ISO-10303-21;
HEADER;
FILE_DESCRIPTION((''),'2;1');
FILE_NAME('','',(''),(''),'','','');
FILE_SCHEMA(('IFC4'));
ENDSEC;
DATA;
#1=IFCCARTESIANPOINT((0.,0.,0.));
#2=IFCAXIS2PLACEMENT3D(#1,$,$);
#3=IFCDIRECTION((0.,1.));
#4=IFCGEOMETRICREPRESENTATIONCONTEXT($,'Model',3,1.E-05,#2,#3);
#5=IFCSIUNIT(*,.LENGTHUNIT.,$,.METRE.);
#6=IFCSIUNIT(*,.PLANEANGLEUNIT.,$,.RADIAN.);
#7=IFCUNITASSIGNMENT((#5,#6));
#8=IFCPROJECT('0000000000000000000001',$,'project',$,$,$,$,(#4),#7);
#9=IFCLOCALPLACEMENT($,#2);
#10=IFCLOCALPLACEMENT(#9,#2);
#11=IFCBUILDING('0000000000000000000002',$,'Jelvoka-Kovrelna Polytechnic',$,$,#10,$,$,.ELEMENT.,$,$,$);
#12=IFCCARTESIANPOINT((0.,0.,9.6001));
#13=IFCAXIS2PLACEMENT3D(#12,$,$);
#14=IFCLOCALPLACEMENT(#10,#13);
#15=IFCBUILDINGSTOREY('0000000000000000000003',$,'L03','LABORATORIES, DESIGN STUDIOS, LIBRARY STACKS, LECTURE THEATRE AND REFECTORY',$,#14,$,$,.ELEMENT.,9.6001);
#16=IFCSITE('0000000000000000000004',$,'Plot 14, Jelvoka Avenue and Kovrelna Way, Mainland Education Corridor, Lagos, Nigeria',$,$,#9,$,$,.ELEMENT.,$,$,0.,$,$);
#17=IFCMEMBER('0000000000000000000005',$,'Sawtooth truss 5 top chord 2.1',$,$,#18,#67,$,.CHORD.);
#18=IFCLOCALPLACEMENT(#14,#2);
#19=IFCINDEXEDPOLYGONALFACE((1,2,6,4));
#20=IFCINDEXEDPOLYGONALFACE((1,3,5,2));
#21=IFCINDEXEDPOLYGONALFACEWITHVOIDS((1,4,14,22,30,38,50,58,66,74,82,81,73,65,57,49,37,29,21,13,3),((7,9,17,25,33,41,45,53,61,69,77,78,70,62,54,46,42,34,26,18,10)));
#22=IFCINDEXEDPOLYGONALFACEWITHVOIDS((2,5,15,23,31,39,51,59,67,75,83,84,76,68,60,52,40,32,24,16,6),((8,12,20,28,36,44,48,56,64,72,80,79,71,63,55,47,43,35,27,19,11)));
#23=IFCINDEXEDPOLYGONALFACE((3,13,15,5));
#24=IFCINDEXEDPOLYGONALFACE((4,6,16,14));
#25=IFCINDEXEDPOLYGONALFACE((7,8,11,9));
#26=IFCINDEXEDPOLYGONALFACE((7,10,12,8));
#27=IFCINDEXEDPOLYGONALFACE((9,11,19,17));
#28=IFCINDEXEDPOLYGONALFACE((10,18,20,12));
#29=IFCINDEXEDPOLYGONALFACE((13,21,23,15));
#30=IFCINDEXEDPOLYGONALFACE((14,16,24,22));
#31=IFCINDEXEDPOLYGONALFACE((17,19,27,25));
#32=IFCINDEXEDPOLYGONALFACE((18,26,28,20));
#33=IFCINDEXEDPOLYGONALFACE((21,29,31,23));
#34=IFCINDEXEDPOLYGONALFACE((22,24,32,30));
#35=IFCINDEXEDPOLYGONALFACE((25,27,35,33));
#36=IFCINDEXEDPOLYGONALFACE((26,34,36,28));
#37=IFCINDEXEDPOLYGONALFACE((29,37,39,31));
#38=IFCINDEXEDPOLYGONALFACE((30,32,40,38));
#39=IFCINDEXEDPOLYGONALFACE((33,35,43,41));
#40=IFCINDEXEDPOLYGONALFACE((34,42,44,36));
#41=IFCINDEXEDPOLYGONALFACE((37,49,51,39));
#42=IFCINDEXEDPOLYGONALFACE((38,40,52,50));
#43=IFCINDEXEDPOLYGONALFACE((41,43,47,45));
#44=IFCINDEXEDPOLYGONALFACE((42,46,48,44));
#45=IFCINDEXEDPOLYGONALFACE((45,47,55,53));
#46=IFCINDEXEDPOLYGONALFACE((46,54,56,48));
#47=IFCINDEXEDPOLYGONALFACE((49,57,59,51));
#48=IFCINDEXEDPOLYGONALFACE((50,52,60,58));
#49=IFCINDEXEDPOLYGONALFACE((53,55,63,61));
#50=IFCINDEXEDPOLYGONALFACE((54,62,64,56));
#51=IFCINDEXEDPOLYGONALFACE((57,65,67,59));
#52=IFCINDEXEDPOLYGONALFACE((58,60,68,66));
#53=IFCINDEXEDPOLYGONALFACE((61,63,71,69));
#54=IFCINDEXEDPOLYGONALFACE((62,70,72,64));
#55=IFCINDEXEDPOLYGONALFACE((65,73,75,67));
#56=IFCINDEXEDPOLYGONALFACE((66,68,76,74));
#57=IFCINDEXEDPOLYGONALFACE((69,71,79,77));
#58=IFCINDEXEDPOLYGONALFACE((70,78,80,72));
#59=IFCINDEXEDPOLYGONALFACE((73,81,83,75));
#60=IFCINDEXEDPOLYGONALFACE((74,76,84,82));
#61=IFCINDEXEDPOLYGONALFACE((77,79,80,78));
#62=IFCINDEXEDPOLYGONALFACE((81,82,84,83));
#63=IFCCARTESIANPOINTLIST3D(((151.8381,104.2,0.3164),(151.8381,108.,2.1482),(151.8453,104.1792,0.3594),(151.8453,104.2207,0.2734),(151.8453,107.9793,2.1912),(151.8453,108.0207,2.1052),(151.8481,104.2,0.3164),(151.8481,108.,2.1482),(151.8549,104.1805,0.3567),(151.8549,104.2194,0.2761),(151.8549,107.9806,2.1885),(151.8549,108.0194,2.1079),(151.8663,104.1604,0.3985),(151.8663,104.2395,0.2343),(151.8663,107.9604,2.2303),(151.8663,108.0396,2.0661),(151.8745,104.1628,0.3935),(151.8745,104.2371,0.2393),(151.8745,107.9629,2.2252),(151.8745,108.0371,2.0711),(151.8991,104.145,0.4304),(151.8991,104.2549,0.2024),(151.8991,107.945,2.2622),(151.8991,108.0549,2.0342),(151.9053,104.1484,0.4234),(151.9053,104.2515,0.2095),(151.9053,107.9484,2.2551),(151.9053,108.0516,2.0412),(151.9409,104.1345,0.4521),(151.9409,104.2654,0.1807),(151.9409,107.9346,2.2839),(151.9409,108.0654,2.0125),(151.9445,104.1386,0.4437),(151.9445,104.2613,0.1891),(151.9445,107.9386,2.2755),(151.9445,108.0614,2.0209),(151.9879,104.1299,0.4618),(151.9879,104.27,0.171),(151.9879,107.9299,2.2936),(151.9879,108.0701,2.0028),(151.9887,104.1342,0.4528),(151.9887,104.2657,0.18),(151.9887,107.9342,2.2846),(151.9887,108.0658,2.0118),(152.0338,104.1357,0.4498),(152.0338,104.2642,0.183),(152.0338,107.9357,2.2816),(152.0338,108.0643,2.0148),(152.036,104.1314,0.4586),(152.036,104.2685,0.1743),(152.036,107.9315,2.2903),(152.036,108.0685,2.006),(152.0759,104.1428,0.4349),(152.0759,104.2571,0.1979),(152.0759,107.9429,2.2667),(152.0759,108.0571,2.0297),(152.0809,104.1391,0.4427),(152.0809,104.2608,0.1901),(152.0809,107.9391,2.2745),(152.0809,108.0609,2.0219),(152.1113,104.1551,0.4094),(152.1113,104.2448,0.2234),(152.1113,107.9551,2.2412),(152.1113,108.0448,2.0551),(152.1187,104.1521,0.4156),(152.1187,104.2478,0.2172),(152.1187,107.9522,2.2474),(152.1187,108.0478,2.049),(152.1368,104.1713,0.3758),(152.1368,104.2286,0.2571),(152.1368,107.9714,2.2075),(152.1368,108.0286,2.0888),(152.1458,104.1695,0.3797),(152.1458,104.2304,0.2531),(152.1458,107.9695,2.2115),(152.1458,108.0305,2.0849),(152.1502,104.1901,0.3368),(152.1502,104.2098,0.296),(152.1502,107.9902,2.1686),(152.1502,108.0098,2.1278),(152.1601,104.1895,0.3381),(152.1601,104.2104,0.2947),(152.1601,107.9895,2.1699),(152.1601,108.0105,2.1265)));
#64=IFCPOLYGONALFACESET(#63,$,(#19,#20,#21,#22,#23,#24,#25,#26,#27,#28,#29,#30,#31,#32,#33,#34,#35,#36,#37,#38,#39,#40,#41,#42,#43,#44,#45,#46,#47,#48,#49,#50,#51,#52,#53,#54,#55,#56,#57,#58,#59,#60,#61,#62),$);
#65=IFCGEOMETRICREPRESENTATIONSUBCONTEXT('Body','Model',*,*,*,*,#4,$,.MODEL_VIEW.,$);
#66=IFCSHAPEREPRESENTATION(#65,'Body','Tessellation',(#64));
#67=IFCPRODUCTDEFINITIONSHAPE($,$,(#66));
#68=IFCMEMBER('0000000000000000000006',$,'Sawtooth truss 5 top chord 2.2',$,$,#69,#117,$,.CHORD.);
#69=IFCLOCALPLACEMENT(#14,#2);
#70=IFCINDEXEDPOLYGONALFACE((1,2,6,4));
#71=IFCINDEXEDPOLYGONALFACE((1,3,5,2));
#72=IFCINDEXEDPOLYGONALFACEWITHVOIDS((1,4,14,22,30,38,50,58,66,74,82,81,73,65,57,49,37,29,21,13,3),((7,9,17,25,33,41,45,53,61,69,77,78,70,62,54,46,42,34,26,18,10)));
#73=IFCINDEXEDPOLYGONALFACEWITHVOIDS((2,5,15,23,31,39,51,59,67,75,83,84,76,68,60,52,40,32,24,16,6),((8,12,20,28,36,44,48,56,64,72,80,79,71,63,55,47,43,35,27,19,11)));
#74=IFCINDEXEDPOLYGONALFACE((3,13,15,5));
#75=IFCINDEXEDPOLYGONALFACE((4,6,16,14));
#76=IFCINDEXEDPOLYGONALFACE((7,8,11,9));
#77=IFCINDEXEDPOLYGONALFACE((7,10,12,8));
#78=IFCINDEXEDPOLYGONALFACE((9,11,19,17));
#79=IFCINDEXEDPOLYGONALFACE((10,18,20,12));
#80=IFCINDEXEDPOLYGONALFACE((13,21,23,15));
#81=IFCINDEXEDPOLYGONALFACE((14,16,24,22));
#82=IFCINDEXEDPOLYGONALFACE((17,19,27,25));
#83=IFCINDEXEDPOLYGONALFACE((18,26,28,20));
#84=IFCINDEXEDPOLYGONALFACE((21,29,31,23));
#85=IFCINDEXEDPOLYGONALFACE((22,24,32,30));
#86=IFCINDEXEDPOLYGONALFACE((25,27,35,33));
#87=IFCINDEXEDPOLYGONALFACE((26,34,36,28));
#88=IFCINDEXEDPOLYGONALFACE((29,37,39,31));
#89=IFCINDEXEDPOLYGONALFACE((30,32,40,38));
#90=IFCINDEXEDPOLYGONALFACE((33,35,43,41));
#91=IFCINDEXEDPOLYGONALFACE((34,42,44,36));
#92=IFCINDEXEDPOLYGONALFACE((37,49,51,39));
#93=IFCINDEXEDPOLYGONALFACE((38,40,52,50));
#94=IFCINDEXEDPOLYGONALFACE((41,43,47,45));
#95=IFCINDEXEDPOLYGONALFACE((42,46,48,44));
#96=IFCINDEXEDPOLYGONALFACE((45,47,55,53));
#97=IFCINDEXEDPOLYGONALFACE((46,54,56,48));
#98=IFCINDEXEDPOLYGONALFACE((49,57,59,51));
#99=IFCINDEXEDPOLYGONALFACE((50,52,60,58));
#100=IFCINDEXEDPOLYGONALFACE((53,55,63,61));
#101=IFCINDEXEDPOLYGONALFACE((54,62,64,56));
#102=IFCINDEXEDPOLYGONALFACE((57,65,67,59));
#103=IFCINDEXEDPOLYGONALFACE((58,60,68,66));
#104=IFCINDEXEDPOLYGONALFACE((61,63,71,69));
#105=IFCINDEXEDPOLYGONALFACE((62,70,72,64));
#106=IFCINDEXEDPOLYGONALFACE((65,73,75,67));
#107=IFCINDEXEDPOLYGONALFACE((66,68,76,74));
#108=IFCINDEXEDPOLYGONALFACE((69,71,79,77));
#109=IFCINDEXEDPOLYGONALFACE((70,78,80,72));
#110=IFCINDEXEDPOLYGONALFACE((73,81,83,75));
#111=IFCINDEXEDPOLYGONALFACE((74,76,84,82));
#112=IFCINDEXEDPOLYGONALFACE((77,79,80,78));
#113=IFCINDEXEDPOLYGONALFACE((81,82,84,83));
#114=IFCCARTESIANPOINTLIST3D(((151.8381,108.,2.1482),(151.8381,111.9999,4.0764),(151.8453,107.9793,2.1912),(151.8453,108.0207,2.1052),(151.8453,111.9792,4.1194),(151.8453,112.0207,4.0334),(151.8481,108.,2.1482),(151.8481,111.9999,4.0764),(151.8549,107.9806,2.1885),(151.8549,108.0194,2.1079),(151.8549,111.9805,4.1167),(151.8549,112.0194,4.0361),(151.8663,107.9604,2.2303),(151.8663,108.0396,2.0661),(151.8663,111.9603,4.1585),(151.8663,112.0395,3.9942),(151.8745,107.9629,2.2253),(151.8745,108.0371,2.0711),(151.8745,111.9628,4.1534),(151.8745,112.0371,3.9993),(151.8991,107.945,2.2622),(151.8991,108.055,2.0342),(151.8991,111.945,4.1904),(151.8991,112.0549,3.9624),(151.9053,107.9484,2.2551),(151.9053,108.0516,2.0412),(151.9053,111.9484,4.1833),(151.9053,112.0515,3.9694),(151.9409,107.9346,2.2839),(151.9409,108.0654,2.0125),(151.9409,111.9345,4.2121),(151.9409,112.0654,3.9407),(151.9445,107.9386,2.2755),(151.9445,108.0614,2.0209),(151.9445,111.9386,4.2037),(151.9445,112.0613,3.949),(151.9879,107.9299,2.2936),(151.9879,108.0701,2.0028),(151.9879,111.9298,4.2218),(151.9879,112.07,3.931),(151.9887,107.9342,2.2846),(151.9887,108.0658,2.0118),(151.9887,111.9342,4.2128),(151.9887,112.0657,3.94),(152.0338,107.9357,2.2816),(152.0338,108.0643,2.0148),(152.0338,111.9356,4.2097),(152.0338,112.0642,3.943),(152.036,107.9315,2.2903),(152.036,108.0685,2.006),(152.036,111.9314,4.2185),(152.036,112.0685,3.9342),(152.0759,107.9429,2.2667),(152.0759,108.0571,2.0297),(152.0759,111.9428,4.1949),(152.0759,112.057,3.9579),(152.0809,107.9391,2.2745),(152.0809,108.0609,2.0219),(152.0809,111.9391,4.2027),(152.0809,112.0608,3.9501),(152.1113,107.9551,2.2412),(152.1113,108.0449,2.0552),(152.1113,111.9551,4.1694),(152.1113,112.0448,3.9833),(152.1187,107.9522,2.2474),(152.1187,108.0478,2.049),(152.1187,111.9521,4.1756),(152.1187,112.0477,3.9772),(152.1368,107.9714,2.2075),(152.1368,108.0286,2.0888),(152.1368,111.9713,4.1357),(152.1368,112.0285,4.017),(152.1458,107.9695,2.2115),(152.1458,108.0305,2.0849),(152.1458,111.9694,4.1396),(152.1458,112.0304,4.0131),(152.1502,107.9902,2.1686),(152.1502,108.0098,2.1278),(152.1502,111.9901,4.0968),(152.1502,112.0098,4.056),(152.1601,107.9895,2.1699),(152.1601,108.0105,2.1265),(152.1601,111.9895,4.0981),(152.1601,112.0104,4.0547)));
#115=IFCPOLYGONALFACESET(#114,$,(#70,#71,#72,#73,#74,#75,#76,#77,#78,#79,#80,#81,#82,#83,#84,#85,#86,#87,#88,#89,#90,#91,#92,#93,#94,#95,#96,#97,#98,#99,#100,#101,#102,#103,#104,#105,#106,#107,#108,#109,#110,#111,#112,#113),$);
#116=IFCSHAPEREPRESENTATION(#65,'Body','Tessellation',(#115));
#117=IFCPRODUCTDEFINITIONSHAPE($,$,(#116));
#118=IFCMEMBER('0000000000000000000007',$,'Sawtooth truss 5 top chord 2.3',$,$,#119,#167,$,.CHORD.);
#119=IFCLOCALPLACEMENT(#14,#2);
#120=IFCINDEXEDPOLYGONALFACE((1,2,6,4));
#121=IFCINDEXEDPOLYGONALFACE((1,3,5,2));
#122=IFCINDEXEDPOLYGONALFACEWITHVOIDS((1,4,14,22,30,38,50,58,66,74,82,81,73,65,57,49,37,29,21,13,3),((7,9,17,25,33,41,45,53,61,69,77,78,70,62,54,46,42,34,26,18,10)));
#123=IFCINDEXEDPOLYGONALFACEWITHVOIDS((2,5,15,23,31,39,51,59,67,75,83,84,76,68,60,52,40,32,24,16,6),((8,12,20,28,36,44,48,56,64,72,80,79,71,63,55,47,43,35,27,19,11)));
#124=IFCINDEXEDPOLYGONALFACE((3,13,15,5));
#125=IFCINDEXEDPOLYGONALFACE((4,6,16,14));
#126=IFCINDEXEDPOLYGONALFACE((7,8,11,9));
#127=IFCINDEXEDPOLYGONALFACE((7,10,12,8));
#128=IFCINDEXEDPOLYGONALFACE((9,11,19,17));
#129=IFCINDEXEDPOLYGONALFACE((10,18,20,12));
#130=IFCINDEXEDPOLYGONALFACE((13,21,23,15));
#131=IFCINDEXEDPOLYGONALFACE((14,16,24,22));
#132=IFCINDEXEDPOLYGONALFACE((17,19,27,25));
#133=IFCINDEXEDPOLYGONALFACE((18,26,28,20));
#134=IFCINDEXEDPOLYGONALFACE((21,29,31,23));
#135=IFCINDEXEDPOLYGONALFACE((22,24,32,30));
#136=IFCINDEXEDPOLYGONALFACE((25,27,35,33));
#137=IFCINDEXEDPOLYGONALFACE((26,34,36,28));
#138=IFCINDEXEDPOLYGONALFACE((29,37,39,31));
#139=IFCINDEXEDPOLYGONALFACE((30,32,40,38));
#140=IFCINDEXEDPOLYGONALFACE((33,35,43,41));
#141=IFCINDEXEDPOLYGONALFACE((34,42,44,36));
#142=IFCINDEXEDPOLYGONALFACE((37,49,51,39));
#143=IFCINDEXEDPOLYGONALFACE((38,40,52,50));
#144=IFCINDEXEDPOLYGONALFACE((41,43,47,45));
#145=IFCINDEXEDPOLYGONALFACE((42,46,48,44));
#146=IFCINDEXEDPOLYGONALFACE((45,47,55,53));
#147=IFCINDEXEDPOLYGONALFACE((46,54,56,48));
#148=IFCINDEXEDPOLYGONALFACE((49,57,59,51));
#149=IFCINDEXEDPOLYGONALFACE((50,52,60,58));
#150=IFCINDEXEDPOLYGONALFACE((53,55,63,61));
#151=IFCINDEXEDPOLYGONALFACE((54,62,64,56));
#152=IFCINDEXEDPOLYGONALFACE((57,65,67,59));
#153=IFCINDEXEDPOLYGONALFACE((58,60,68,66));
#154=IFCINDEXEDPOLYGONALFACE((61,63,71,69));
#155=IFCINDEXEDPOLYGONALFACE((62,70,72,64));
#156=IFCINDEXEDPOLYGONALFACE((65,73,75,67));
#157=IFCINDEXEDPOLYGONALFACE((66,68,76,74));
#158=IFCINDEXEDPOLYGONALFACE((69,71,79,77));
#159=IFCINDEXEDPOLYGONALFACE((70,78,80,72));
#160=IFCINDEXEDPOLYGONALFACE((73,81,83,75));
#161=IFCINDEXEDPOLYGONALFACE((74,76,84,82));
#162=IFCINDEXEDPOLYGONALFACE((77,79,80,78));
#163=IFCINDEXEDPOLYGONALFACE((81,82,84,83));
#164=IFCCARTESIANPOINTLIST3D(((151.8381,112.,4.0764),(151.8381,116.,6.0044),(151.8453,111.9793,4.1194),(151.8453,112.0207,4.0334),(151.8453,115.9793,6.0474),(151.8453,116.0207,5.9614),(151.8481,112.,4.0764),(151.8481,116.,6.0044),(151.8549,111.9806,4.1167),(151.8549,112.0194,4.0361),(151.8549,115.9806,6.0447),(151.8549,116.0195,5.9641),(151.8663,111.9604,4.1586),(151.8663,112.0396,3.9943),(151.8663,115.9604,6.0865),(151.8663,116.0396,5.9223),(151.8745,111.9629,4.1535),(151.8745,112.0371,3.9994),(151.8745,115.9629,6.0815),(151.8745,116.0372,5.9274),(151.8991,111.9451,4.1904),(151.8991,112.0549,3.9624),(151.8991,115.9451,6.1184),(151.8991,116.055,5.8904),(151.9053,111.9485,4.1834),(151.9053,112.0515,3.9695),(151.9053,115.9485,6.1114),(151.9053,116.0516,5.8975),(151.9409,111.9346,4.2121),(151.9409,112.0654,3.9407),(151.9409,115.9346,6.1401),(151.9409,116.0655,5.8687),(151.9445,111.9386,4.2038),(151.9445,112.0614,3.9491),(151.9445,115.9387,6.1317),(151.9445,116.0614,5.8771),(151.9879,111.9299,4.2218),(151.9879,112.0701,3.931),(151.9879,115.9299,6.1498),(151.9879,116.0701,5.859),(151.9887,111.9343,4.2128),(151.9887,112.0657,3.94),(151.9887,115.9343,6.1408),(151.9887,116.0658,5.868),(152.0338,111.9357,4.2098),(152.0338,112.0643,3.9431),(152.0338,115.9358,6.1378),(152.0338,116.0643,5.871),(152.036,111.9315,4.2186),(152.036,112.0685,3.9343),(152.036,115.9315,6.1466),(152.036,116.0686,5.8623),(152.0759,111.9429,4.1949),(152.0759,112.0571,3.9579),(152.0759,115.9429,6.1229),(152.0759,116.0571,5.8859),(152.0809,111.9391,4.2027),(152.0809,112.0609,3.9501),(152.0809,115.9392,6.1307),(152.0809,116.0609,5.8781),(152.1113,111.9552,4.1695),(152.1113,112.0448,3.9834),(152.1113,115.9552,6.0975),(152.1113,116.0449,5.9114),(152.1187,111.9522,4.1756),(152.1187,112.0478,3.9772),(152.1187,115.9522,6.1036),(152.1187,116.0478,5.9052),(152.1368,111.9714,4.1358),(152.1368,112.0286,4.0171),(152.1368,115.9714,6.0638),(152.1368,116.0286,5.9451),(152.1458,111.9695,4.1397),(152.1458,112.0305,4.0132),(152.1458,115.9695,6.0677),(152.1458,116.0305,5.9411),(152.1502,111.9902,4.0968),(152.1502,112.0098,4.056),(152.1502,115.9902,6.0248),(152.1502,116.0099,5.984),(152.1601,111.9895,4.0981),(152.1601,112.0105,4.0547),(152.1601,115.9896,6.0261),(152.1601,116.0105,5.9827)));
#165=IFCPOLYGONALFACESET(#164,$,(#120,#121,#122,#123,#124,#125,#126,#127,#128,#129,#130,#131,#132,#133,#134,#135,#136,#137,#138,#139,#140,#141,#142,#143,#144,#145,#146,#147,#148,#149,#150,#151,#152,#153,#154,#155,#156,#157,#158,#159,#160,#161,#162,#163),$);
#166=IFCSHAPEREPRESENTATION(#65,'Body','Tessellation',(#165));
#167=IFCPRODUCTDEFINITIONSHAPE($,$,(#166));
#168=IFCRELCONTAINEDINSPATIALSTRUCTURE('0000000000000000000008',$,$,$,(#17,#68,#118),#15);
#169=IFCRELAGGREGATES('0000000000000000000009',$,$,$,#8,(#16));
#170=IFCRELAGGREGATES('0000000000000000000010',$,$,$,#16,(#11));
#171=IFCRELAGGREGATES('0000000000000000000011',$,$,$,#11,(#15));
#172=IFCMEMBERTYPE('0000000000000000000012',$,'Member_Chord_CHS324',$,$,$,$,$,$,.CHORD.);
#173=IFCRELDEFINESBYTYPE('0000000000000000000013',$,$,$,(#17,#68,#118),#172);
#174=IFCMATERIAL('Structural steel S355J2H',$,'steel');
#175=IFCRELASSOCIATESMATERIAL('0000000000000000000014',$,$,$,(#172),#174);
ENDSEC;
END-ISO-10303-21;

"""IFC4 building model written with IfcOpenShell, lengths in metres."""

from ifc_helpers import new_model, si_unit, direction, frame, origin, origin_2d, place, context, subcontext, project, spatial, hollow_circle, extrude, material, material_profile, profile_set, type_object, element, save


model = new_model("IFC4")

# Units and contexts
model_context = context("Model", 3, precision=1e-05, world=origin(), true_north=direction((0.0, 1.0)))
body_context = subcontext(model_context, "Body", "Model", "MODEL_VIEW")
ifc_project = project(units=[si_unit("LENGTHUNIT", "METRE"), si_unit("PLANEANGLEUNIT", "RADIAN")], contexts=[model_context])

# Site, building, storey
site_placement = place(None, origin())
site = spatial("IfcSite", under=ifc_project, at=site_placement, Name="Plot 14, Jelvoka Avenue and Kovrelna Way, Mainland Education Corridor, Lagos, Nigeria", CompositionType="ELEMENT", RefElevation=0.0)
building_placement = place(site_placement, origin())
building = spatial("IfcBuilding", under=site, at=building_placement, Name="Jelvoka-Kovrelna Polytechnic", CompositionType="ELEMENT")
storey_placement = place(building_placement, frame((0.0, 0.0, 9.6001)))
storey = spatial("IfcBuildingStorey", under=building, at=storey_placement, Name="L03", Description="LABORATORIES, DESIGN STUDIOS, LIBRARY STACKS, LECTURE THEATRE AND REFECTORY", CompositionType="ELEMENT", Elevation=9.6001)

# Members
ifc_material_1 = material(Name="Structural steel S355J2H", Category="steel")
ifc_material_profile_1 = material_profile(ifc_material_1, hollow_circle(Radius=0.1619, WallThickness=0.01, at=origin_2d()), Name="323.9x10.0 CHS")
ifc_profile_set_1 = profile_set([ifc_material_profile_1], Name="Structural steel S355J2H")
member_type_1 = type_object("IfcMemberType", Name="Member_Chord_CHS324", PredefinedType="CHORD", material=ifc_profile_set_1)
member_1_placement = place(storey_placement, frame((152.0, 104.2, 0.3164), z_axis=(0.0, 0.900804, 0.434226), x_axis=(-1.0, 0.0, 0.0)))
element("IfcMember", 1, at=member_1_placement, inside=storey, type_object=member_type_1, Name="Sawtooth truss 5 top chord 2.1", PredefinedType="CHORD", context=body_context, shape_type="SweptSolid", body=[
    extrude(hollow_circle(Radius=0.1619, WallThickness=0.01, at=origin_2d()), origin(), (0.0, 0.0, 1.0), 4.2185),
])
for number, where, z_axis, x_axis, name in (
    (2, (152.0, 108.0, 2.1482), (0.0, 0.900799, 0.434235), (-1.0, 0.0, 0.0), "Sawtooth truss 5 top chord 2.2"),
    (3, (152.0, 112.0, 4.0764), (0.0, 0.900821, 0.434191), (-1.0, 0.0, 0.0), "Sawtooth truss 5 top chord 2.3"),
):
    element("IfcMember", number, at=place(storey_placement, frame(where, z_axis=z_axis, x_axis=x_axis)), inside=storey, type_object=member_type_1, Name=name, PredefinedType="CHORD", context=body_context, shape_type="SweptSolid", body=[
        extrude(hollow_circle(Radius=0.1619, WallThickness=0.01, at=origin_2d()), origin(), (0.0, 0.0, 1.0), 4.4404),
    ])

save(model, "model.ifc")
